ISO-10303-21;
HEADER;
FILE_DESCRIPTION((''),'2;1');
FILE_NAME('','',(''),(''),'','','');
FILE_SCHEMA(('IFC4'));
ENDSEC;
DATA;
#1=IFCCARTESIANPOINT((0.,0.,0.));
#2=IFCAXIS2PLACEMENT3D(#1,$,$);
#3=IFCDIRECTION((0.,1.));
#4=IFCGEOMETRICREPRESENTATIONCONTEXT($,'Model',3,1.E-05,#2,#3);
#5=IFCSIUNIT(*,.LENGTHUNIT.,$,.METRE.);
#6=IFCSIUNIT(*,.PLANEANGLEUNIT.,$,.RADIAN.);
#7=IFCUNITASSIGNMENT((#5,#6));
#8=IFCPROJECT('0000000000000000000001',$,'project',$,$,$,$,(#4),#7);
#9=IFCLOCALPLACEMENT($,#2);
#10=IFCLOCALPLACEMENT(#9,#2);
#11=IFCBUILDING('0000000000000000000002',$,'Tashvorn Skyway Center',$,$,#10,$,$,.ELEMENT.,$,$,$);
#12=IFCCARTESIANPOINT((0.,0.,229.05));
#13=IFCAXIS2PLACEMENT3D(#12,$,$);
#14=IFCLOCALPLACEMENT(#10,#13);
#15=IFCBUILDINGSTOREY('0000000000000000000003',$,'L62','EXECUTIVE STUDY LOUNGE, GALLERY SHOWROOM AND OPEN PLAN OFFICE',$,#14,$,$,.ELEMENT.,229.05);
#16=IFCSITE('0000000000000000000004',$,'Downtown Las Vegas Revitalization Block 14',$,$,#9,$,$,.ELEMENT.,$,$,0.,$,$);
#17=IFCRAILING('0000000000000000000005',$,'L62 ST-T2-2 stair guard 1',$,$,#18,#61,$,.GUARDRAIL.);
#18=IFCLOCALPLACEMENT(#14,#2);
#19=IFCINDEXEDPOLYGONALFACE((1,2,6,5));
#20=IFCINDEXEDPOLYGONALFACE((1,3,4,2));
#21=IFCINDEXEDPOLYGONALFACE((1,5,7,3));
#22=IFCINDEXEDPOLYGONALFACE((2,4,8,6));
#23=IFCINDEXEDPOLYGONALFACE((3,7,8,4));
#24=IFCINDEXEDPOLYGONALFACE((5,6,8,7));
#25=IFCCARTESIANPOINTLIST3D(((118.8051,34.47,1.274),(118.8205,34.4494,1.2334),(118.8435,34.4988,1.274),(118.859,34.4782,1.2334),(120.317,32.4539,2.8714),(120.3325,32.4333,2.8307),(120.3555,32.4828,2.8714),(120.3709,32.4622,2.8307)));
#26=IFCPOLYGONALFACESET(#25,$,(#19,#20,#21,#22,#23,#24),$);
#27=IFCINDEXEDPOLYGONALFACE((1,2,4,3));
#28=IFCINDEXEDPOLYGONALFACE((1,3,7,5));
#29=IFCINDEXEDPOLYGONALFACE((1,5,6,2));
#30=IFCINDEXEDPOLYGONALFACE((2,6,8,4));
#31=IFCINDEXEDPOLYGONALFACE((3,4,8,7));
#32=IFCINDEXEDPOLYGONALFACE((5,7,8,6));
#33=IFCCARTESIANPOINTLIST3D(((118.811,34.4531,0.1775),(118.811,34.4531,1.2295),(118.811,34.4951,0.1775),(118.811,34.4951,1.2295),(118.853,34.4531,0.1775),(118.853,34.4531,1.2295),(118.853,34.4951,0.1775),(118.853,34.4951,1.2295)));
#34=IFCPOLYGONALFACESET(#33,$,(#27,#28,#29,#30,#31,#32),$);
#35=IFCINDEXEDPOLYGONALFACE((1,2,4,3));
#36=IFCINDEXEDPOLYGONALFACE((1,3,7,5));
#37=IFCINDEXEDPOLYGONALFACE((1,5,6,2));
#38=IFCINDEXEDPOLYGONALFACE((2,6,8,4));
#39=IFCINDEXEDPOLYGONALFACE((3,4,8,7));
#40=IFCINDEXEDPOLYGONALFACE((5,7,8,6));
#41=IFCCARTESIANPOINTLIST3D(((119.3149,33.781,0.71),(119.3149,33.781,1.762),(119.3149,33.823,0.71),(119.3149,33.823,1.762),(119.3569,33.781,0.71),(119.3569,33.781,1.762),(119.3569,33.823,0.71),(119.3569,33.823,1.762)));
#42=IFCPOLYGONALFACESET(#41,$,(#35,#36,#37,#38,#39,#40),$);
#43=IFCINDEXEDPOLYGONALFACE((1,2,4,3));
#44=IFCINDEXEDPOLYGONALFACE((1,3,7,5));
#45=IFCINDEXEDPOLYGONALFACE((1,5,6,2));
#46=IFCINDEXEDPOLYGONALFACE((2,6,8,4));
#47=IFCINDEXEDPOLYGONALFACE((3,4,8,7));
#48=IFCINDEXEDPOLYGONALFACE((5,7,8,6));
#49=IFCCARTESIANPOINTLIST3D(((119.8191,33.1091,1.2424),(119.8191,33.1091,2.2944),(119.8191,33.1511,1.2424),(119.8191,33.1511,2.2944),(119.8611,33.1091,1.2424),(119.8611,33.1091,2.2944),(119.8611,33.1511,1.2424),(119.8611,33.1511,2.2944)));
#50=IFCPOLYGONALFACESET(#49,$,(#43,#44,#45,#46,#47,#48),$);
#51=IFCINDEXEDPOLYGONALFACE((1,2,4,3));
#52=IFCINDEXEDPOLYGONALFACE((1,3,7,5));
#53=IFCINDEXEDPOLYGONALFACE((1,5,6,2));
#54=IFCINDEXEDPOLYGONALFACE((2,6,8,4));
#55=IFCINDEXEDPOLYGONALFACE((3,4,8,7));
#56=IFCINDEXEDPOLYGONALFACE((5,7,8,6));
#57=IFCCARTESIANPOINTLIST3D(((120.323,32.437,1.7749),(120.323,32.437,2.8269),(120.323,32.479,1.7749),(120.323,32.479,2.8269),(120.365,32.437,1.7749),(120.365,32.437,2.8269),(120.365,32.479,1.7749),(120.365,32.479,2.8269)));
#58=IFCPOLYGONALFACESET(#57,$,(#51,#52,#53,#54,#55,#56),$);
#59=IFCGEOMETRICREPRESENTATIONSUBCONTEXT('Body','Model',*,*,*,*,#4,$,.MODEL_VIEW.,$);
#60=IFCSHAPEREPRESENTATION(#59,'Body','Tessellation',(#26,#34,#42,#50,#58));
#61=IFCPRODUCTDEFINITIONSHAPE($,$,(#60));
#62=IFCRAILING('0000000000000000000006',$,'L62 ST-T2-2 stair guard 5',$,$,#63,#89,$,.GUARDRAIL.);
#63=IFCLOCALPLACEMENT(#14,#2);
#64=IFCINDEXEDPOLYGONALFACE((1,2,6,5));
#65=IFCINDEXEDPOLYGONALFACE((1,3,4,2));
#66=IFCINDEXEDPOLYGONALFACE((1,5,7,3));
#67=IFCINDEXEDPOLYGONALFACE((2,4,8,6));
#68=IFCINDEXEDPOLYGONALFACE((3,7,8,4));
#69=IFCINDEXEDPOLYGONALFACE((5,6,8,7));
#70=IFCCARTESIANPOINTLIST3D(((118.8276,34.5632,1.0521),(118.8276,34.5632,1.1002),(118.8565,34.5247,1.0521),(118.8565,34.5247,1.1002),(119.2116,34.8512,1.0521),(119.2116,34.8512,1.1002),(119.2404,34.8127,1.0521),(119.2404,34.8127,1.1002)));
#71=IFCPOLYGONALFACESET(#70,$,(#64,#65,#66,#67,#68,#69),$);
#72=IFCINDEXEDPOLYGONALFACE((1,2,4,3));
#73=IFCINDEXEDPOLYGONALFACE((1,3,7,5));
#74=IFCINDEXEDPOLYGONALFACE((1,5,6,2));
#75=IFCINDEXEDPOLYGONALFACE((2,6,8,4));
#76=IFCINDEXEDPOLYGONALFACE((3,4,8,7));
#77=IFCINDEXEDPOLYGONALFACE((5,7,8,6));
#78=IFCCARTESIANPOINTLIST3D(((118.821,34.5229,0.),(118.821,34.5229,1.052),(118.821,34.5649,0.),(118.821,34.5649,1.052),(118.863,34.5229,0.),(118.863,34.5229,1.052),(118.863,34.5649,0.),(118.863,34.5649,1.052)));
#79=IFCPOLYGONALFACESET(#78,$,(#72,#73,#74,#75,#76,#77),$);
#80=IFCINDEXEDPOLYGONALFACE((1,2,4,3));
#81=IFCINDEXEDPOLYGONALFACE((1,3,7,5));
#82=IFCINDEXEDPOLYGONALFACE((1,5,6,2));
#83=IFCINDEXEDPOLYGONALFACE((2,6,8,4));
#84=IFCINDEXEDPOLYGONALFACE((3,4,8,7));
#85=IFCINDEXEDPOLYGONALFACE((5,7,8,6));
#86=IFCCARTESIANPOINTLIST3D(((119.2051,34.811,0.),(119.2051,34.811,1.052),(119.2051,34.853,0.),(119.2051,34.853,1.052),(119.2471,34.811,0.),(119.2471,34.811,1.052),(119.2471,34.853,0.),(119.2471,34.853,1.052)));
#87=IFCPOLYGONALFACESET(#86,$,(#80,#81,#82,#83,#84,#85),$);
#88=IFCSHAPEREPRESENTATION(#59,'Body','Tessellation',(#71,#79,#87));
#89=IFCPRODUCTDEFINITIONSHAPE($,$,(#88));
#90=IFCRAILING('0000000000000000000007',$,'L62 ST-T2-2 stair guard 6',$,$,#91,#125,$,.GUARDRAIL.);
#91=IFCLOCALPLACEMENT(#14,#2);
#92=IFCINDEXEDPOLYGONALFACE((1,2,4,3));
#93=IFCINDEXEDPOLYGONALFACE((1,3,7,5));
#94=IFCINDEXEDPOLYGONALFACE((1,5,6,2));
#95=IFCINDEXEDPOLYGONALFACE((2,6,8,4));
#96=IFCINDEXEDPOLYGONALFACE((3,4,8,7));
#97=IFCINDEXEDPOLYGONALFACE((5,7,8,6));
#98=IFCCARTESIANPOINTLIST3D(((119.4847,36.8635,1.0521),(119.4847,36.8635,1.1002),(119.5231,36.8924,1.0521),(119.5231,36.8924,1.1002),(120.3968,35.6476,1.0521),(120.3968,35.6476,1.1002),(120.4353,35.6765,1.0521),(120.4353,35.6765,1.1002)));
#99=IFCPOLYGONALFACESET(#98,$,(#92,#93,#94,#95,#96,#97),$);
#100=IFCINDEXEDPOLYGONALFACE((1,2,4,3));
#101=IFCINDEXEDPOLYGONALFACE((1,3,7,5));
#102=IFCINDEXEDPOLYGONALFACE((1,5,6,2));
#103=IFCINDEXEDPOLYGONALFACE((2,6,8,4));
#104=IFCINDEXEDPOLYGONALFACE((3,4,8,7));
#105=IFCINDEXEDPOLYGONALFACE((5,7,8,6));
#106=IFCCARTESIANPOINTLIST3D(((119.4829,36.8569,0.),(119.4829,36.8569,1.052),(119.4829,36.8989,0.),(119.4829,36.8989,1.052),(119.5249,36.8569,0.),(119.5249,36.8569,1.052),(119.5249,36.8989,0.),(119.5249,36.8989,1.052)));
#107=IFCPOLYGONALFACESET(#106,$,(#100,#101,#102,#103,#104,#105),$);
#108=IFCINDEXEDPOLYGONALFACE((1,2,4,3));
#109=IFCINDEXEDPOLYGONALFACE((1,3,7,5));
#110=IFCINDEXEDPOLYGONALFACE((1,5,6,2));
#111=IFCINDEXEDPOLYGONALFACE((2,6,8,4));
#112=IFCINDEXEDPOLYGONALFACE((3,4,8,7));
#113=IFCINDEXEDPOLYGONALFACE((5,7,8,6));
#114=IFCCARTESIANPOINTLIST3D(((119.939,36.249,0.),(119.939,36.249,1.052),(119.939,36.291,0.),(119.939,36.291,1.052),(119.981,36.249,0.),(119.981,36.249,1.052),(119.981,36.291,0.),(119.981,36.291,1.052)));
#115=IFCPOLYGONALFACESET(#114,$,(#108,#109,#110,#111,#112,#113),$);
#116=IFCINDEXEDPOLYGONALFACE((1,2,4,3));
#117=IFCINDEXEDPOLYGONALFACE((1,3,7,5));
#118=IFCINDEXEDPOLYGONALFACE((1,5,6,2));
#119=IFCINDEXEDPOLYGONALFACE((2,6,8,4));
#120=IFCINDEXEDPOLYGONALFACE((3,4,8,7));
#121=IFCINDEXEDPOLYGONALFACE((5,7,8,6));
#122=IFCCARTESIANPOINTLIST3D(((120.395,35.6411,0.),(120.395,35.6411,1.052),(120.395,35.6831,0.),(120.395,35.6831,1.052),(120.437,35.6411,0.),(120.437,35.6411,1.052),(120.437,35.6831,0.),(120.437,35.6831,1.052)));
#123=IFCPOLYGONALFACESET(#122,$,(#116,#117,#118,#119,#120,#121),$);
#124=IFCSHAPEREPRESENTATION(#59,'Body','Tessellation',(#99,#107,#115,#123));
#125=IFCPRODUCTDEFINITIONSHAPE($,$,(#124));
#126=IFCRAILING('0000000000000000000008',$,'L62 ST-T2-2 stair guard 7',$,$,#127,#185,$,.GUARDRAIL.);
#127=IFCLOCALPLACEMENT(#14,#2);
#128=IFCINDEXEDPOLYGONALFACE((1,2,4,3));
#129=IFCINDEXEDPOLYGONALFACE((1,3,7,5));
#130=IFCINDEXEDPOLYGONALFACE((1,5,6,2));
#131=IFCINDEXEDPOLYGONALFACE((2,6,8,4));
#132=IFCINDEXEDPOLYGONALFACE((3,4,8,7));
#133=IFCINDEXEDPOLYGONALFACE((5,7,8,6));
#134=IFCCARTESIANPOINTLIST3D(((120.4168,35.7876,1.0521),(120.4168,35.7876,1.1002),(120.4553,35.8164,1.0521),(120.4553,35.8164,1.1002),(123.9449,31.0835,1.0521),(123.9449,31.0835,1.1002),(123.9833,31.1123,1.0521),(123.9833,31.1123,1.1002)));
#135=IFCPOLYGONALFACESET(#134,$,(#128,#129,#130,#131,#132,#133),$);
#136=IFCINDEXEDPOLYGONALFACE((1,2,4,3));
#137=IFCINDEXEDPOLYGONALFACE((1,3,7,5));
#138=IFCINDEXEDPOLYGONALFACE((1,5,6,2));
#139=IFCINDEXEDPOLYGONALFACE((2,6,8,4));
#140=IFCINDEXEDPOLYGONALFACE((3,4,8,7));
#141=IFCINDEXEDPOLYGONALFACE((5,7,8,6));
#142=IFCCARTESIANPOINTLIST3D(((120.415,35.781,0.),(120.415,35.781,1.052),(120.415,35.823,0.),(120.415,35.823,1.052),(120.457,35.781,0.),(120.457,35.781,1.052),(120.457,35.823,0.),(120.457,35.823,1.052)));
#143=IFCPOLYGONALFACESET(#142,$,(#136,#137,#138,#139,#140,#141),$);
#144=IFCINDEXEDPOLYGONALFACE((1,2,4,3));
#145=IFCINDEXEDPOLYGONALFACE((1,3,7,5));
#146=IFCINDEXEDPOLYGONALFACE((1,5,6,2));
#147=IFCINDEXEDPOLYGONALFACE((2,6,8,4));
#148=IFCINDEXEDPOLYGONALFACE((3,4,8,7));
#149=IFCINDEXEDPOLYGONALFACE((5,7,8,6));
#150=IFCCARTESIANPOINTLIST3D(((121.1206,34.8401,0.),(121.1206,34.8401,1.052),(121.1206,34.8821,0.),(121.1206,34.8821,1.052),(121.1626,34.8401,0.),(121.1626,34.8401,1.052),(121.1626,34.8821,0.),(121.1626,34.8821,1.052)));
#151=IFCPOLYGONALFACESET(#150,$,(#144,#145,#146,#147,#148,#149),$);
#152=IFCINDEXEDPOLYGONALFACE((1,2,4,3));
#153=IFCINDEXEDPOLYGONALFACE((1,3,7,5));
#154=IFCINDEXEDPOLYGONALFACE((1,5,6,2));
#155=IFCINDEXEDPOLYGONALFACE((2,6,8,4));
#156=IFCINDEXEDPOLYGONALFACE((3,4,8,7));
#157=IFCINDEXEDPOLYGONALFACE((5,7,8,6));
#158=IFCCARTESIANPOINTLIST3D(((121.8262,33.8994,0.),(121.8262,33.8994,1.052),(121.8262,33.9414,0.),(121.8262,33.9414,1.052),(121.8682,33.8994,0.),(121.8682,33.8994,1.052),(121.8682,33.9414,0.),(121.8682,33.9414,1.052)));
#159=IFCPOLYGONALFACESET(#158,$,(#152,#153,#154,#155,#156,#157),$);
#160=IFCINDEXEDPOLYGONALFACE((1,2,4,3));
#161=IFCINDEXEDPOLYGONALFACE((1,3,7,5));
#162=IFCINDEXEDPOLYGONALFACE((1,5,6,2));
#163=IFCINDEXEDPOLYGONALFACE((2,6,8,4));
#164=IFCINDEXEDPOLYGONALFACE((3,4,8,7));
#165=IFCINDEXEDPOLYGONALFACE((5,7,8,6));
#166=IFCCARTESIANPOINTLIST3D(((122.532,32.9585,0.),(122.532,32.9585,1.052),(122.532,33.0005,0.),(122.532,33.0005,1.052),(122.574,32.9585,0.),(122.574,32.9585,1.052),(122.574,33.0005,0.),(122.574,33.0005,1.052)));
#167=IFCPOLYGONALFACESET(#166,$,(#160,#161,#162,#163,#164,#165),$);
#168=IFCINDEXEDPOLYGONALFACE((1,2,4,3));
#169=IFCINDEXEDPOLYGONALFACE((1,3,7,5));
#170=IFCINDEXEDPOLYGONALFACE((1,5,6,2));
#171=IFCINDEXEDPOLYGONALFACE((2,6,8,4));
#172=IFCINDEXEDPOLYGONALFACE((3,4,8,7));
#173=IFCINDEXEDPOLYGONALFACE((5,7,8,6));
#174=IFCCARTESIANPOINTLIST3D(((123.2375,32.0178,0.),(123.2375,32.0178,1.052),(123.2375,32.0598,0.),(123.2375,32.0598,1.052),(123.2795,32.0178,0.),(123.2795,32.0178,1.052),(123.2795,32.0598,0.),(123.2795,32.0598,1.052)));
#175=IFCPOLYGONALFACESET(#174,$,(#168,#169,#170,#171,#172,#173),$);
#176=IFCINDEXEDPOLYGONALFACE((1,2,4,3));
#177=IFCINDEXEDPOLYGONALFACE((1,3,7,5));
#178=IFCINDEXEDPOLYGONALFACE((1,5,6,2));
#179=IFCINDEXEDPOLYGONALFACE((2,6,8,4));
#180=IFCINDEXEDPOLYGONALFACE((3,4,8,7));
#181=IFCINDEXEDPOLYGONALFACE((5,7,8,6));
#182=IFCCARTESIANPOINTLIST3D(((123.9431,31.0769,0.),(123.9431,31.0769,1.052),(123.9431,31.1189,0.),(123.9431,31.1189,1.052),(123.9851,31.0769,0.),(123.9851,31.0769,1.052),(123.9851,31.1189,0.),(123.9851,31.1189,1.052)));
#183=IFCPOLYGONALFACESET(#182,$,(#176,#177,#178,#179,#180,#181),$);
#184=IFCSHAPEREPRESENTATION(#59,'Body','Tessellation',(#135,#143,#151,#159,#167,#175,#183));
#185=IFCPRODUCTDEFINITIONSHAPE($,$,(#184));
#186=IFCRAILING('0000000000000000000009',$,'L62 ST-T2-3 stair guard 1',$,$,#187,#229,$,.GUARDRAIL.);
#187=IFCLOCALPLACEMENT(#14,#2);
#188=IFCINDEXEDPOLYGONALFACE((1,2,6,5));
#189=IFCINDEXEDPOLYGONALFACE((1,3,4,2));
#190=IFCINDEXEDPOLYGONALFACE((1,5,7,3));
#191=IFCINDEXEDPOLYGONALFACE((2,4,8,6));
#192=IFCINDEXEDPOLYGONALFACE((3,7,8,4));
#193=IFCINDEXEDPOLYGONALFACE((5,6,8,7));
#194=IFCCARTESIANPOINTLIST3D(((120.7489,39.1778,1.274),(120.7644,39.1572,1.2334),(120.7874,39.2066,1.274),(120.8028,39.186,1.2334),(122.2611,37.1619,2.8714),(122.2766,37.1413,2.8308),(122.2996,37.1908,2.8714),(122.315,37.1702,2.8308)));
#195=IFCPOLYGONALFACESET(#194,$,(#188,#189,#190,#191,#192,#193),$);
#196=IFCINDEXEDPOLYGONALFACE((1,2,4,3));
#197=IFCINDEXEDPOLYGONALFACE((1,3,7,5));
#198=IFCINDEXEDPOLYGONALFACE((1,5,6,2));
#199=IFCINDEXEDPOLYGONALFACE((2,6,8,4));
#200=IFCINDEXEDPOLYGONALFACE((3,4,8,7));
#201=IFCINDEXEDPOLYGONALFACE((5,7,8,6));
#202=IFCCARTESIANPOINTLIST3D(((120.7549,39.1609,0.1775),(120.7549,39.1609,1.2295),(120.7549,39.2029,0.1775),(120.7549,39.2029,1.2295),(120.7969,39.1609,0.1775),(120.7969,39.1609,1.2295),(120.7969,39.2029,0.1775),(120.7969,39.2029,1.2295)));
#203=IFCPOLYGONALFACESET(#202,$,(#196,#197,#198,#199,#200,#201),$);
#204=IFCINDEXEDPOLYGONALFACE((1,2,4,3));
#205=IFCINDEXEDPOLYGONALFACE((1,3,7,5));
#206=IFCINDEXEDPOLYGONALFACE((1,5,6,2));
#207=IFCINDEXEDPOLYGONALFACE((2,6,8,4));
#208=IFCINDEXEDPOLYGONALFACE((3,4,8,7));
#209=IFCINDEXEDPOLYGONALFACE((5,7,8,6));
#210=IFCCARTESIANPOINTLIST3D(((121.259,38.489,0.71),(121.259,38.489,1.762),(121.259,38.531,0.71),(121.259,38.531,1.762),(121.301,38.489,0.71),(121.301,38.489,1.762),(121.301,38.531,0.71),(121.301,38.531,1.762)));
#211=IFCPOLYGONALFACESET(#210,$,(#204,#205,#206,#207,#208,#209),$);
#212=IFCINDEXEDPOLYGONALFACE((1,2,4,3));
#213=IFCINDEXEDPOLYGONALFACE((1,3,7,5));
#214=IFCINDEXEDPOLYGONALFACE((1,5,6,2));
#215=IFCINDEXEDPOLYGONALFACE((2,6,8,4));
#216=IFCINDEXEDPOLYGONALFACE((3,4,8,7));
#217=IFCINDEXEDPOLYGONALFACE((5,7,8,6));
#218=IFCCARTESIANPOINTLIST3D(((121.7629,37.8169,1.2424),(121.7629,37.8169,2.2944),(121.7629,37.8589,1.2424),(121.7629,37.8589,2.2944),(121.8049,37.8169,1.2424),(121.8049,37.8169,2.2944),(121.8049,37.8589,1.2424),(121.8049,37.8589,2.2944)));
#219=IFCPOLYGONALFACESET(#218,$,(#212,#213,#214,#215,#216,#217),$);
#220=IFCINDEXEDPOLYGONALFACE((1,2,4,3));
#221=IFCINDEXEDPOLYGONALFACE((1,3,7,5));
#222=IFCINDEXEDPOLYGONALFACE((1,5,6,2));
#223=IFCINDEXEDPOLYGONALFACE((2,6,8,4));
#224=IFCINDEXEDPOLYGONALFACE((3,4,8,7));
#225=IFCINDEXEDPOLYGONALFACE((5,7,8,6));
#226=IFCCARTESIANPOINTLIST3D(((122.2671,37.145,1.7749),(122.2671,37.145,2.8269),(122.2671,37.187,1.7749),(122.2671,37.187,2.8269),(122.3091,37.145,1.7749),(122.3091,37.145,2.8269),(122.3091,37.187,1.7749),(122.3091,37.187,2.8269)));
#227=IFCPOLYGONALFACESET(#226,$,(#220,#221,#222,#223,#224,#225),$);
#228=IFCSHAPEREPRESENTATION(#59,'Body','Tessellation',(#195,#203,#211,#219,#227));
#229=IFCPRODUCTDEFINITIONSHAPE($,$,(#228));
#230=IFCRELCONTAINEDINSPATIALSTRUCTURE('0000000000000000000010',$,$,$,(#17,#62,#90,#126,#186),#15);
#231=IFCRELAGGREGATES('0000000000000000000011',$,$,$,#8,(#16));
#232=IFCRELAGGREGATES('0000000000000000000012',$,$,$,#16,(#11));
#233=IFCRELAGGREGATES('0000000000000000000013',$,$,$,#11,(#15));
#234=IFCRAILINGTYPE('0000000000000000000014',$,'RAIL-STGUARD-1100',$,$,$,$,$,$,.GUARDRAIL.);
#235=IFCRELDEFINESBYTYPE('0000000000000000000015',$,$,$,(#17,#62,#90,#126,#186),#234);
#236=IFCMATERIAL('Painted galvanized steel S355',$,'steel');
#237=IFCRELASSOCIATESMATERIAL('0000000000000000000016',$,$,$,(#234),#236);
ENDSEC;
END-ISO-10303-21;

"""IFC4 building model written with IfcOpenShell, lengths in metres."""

from ifc_helpers import new_model, si_unit, direction, frame, origin, origin_2d, place, context, subcontext, project, spatial, rectangle, extrude, material, type_object, element, save


model = new_model("IFC4")

# Units and contexts
model_context = context("Model", 3, precision=1e-05, world=origin(), true_north=direction((0.0, 1.0)))
body_context = subcontext(model_context, "Body", "Model", "MODEL_VIEW")
ifc_project = project(units=[si_unit("LENGTHUNIT", "METRE"), si_unit("PLANEANGLEUNIT", "RADIAN")], contexts=[model_context])

# Site, building, storey
site_placement = place(None, origin())
site = spatial("IfcSite", under=ifc_project, at=site_placement, Name="Downtown Las Vegas Revitalization Block 14", CompositionType="ELEMENT", RefElevation=0.0)
building_placement = place(site_placement, origin())
building = spatial("IfcBuilding", under=site, at=building_placement, Name="Tashvorn Skyway Center", CompositionType="ELEMENT")
storey_placement = place(building_placement, frame((0.0, 0.0, 229.05)))
storey = spatial("IfcBuildingStorey", under=building, at=storey_placement, Name="L62", Description="EXECUTIVE STUDY LOUNGE, GALLERY SHOWROOM AND OPEN PLAN OFFICE", CompositionType="ELEMENT", Elevation=229.05)

# Railings
ifc_material_1 = material(Name="Painted galvanized steel S355", Category="steel")
railing_type_1 = type_object("IfcRailingType", Name="RAIL-STGUARD-1100", PredefinedType="GUARDRAIL", material=ifc_material_1)
railing_1_placement = place(storey_placement, frame((118.832, 34.4741, 0.1775)))
element("IfcRailing", 1, at=railing_1_placement, inside=storey, type_object=railing_type_1, Name="L62 ST-T2-2 stair guard 1", PredefinedType="GUARDRAIL", context=body_context, shape_type="SweptSolid", body=[
    extrude(rectangle(XDim=0.0481, YDim=0.0481, at=origin_2d()), frame((0.0, 0.0, 1.0762), z_axis=(0.506741, -0.675709, 0.535379), x_axis=(0.800023, 0.599969, 0.0)), (0.0, 0.0, 1.0), 2.9836),
    extrude(rectangle(XDim=0.042, YDim=0.042, at=origin_2d()), origin(), (0.0, 0.0, 1.0), 1.052),
    extrude(rectangle(XDim=0.042, YDim=0.042, at=origin_2d()), frame((0.5039, -0.6721, 0.5325)), (0.0, 0.0, 1.0), 1.052),
    extrude(rectangle(XDim=0.042, YDim=0.042, at=origin_2d()), frame((1.0081, -1.344, 1.0649)), (0.0, 0.0, 1.0), 1.052),
    extrude(rectangle(XDim=0.042, YDim=0.042, at=origin_2d()), frame((1.512, -2.0161, 1.5974)), (0.0, 0.0, 1.0), 1.052),
])
railing_2_placement = place(storey_placement, frame((118.842, 34.5439, 0.0)))
element("IfcRailing", 2, at=railing_2_placement, inside=storey, type_object=railing_type_1, Name="L62 ST-T2-2 stair guard 5", PredefinedType="GUARDRAIL", context=body_context, shape_type="SweptSolid", body=[
    extrude(rectangle(XDim=0.0481, YDim=0.0481, at=origin_2d()), frame((0.0, 0.0, 1.0762), z_axis=(0.799939, 0.600081, 0.0), x_axis=(-0.600081, 0.799939, 0.0)), (0.0, 0.0, 1.0), 0.48),
    extrude(rectangle(XDim=0.042, YDim=0.042, at=origin_2d()), origin(), (0.0, 0.0, 1.0), 1.052),
    extrude(rectangle(XDim=0.042, YDim=0.042, at=origin_2d()), frame((0.384, 0.2881, 0.0)), (0.0, 0.0, 1.0), 1.052),
])
railing_3_placement = place(storey_placement, frame((119.5039, 36.8779, 0.0)))
element("IfcRailing", 3, at=railing_3_placement, inside=storey, type_object=railing_type_1, Name="L62 ST-T2-2 stair guard 6", PredefinedType="GUARDRAIL", context=body_context, shape_type="SweptSolid", body=[
    extrude(rectangle(XDim=0.0481, YDim=0.0481, at=origin_2d()), frame((0.0, 0.0, 1.0762), z_axis=(0.600103, -0.799923, 0.0), x_axis=(0.799923, 0.600103, 0.0)), (0.0, 0.0, 1.0), 1.52),
    extrude(rectangle(XDim=0.042, YDim=0.042, at=origin_2d()), origin(), (0.0, 0.0, 1.0), 1.052),
    extrude(rectangle(XDim=0.042, YDim=0.042, at=origin_2d()), frame((0.4561, -0.6079, 0.0)), (0.0, 0.0, 1.0), 1.052),
    extrude(rectangle(XDim=0.042, YDim=0.042, at=origin_2d()), frame((0.9121, -1.2158, 0.0)), (0.0, 0.0, 1.0), 1.052),
])
railing_4_placement = place(storey_placement, frame((120.436, 35.802, 0.0)))
element("IfcRailing", 4, at=railing_4_placement, inside=storey, type_object=railing_type_1, Name="L62 ST-T2-2 stair guard 7", PredefinedType="GUARDRAIL", context=body_context, shape_type="SweptSolid", body=[
    extrude(rectangle(XDim=0.0481, YDim=0.0481, at=origin_2d()), frame((0.0, 0.0, 1.0762), z_axis=(0.6, -0.8, 0.0), x_axis=(0.8, 0.6, 0.0)), (0.0, 0.0, 1.0), 5.8801),
    extrude(rectangle(XDim=0.042, YDim=0.042, at=origin_2d()), origin(), (0.0, 0.0, 1.0), 1.052),
    extrude(rectangle(XDim=0.042, YDim=0.042, at=origin_2d()), frame((0.7056, -0.9409, 0.0)), (0.0, 0.0, 1.0), 1.052),
    extrude(rectangle(XDim=0.042, YDim=0.042, at=origin_2d()), frame((1.4111, -1.8816, 0.0)), (0.0, 0.0, 1.0), 1.052),
    extrude(rectangle(XDim=0.042, YDim=0.042, at=origin_2d()), frame((2.1169, -2.8225, 0.0)), (0.0, 0.0, 1.0), 1.052),
    extrude(rectangle(XDim=0.042, YDim=0.042, at=origin_2d()), frame((2.8225, -3.7632, 0.0)), (0.0, 0.0, 1.0), 1.052),
    extrude(rectangle(XDim=0.042, YDim=0.042, at=origin_2d()), frame((3.5281, -4.7041, 0.0)), (0.0, 0.0, 1.0), 1.052),
])
railing_5_placement = place(storey_placement, frame((120.7759, 39.1819, 0.1775)))
element("IfcRailing", 5, at=railing_5_placement, inside=storey, type_object=railing_type_1, Name="L62 ST-T2-3 stair guard 1", PredefinedType="GUARDRAIL", context=body_context, shape_type="SweptSolid", body=[
    extrude(rectangle(XDim=0.0481, YDim=0.0481, at=origin_2d()), frame((0.0, 0.0, 1.0762), z_axis=(0.50683, -0.675636, 0.535387), x_axis=(0.799942, 0.600078, 0.0)), (0.0, 0.0, 1.0), 2.9836),
    extrude(rectangle(XDim=0.042, YDim=0.042, at=origin_2d()), origin(), (0.0, 0.0, 1.0), 1.052),
    extrude(rectangle(XDim=0.042, YDim=0.042, at=origin_2d()), frame((0.5042, -0.6719, 0.5325)), (0.0, 0.0, 1.0), 1.052),
    extrude(rectangle(XDim=0.042, YDim=0.042, at=origin_2d()), frame((1.0081, -1.344, 1.0649)), (0.0, 0.0, 1.0), 1.052),
    extrude(rectangle(XDim=0.042, YDim=0.042, at=origin_2d()), frame((1.5122, -2.0159, 1.5974)), (0.0, 0.0, 1.0), 1.052),
])

save(model, "model.ifc")
